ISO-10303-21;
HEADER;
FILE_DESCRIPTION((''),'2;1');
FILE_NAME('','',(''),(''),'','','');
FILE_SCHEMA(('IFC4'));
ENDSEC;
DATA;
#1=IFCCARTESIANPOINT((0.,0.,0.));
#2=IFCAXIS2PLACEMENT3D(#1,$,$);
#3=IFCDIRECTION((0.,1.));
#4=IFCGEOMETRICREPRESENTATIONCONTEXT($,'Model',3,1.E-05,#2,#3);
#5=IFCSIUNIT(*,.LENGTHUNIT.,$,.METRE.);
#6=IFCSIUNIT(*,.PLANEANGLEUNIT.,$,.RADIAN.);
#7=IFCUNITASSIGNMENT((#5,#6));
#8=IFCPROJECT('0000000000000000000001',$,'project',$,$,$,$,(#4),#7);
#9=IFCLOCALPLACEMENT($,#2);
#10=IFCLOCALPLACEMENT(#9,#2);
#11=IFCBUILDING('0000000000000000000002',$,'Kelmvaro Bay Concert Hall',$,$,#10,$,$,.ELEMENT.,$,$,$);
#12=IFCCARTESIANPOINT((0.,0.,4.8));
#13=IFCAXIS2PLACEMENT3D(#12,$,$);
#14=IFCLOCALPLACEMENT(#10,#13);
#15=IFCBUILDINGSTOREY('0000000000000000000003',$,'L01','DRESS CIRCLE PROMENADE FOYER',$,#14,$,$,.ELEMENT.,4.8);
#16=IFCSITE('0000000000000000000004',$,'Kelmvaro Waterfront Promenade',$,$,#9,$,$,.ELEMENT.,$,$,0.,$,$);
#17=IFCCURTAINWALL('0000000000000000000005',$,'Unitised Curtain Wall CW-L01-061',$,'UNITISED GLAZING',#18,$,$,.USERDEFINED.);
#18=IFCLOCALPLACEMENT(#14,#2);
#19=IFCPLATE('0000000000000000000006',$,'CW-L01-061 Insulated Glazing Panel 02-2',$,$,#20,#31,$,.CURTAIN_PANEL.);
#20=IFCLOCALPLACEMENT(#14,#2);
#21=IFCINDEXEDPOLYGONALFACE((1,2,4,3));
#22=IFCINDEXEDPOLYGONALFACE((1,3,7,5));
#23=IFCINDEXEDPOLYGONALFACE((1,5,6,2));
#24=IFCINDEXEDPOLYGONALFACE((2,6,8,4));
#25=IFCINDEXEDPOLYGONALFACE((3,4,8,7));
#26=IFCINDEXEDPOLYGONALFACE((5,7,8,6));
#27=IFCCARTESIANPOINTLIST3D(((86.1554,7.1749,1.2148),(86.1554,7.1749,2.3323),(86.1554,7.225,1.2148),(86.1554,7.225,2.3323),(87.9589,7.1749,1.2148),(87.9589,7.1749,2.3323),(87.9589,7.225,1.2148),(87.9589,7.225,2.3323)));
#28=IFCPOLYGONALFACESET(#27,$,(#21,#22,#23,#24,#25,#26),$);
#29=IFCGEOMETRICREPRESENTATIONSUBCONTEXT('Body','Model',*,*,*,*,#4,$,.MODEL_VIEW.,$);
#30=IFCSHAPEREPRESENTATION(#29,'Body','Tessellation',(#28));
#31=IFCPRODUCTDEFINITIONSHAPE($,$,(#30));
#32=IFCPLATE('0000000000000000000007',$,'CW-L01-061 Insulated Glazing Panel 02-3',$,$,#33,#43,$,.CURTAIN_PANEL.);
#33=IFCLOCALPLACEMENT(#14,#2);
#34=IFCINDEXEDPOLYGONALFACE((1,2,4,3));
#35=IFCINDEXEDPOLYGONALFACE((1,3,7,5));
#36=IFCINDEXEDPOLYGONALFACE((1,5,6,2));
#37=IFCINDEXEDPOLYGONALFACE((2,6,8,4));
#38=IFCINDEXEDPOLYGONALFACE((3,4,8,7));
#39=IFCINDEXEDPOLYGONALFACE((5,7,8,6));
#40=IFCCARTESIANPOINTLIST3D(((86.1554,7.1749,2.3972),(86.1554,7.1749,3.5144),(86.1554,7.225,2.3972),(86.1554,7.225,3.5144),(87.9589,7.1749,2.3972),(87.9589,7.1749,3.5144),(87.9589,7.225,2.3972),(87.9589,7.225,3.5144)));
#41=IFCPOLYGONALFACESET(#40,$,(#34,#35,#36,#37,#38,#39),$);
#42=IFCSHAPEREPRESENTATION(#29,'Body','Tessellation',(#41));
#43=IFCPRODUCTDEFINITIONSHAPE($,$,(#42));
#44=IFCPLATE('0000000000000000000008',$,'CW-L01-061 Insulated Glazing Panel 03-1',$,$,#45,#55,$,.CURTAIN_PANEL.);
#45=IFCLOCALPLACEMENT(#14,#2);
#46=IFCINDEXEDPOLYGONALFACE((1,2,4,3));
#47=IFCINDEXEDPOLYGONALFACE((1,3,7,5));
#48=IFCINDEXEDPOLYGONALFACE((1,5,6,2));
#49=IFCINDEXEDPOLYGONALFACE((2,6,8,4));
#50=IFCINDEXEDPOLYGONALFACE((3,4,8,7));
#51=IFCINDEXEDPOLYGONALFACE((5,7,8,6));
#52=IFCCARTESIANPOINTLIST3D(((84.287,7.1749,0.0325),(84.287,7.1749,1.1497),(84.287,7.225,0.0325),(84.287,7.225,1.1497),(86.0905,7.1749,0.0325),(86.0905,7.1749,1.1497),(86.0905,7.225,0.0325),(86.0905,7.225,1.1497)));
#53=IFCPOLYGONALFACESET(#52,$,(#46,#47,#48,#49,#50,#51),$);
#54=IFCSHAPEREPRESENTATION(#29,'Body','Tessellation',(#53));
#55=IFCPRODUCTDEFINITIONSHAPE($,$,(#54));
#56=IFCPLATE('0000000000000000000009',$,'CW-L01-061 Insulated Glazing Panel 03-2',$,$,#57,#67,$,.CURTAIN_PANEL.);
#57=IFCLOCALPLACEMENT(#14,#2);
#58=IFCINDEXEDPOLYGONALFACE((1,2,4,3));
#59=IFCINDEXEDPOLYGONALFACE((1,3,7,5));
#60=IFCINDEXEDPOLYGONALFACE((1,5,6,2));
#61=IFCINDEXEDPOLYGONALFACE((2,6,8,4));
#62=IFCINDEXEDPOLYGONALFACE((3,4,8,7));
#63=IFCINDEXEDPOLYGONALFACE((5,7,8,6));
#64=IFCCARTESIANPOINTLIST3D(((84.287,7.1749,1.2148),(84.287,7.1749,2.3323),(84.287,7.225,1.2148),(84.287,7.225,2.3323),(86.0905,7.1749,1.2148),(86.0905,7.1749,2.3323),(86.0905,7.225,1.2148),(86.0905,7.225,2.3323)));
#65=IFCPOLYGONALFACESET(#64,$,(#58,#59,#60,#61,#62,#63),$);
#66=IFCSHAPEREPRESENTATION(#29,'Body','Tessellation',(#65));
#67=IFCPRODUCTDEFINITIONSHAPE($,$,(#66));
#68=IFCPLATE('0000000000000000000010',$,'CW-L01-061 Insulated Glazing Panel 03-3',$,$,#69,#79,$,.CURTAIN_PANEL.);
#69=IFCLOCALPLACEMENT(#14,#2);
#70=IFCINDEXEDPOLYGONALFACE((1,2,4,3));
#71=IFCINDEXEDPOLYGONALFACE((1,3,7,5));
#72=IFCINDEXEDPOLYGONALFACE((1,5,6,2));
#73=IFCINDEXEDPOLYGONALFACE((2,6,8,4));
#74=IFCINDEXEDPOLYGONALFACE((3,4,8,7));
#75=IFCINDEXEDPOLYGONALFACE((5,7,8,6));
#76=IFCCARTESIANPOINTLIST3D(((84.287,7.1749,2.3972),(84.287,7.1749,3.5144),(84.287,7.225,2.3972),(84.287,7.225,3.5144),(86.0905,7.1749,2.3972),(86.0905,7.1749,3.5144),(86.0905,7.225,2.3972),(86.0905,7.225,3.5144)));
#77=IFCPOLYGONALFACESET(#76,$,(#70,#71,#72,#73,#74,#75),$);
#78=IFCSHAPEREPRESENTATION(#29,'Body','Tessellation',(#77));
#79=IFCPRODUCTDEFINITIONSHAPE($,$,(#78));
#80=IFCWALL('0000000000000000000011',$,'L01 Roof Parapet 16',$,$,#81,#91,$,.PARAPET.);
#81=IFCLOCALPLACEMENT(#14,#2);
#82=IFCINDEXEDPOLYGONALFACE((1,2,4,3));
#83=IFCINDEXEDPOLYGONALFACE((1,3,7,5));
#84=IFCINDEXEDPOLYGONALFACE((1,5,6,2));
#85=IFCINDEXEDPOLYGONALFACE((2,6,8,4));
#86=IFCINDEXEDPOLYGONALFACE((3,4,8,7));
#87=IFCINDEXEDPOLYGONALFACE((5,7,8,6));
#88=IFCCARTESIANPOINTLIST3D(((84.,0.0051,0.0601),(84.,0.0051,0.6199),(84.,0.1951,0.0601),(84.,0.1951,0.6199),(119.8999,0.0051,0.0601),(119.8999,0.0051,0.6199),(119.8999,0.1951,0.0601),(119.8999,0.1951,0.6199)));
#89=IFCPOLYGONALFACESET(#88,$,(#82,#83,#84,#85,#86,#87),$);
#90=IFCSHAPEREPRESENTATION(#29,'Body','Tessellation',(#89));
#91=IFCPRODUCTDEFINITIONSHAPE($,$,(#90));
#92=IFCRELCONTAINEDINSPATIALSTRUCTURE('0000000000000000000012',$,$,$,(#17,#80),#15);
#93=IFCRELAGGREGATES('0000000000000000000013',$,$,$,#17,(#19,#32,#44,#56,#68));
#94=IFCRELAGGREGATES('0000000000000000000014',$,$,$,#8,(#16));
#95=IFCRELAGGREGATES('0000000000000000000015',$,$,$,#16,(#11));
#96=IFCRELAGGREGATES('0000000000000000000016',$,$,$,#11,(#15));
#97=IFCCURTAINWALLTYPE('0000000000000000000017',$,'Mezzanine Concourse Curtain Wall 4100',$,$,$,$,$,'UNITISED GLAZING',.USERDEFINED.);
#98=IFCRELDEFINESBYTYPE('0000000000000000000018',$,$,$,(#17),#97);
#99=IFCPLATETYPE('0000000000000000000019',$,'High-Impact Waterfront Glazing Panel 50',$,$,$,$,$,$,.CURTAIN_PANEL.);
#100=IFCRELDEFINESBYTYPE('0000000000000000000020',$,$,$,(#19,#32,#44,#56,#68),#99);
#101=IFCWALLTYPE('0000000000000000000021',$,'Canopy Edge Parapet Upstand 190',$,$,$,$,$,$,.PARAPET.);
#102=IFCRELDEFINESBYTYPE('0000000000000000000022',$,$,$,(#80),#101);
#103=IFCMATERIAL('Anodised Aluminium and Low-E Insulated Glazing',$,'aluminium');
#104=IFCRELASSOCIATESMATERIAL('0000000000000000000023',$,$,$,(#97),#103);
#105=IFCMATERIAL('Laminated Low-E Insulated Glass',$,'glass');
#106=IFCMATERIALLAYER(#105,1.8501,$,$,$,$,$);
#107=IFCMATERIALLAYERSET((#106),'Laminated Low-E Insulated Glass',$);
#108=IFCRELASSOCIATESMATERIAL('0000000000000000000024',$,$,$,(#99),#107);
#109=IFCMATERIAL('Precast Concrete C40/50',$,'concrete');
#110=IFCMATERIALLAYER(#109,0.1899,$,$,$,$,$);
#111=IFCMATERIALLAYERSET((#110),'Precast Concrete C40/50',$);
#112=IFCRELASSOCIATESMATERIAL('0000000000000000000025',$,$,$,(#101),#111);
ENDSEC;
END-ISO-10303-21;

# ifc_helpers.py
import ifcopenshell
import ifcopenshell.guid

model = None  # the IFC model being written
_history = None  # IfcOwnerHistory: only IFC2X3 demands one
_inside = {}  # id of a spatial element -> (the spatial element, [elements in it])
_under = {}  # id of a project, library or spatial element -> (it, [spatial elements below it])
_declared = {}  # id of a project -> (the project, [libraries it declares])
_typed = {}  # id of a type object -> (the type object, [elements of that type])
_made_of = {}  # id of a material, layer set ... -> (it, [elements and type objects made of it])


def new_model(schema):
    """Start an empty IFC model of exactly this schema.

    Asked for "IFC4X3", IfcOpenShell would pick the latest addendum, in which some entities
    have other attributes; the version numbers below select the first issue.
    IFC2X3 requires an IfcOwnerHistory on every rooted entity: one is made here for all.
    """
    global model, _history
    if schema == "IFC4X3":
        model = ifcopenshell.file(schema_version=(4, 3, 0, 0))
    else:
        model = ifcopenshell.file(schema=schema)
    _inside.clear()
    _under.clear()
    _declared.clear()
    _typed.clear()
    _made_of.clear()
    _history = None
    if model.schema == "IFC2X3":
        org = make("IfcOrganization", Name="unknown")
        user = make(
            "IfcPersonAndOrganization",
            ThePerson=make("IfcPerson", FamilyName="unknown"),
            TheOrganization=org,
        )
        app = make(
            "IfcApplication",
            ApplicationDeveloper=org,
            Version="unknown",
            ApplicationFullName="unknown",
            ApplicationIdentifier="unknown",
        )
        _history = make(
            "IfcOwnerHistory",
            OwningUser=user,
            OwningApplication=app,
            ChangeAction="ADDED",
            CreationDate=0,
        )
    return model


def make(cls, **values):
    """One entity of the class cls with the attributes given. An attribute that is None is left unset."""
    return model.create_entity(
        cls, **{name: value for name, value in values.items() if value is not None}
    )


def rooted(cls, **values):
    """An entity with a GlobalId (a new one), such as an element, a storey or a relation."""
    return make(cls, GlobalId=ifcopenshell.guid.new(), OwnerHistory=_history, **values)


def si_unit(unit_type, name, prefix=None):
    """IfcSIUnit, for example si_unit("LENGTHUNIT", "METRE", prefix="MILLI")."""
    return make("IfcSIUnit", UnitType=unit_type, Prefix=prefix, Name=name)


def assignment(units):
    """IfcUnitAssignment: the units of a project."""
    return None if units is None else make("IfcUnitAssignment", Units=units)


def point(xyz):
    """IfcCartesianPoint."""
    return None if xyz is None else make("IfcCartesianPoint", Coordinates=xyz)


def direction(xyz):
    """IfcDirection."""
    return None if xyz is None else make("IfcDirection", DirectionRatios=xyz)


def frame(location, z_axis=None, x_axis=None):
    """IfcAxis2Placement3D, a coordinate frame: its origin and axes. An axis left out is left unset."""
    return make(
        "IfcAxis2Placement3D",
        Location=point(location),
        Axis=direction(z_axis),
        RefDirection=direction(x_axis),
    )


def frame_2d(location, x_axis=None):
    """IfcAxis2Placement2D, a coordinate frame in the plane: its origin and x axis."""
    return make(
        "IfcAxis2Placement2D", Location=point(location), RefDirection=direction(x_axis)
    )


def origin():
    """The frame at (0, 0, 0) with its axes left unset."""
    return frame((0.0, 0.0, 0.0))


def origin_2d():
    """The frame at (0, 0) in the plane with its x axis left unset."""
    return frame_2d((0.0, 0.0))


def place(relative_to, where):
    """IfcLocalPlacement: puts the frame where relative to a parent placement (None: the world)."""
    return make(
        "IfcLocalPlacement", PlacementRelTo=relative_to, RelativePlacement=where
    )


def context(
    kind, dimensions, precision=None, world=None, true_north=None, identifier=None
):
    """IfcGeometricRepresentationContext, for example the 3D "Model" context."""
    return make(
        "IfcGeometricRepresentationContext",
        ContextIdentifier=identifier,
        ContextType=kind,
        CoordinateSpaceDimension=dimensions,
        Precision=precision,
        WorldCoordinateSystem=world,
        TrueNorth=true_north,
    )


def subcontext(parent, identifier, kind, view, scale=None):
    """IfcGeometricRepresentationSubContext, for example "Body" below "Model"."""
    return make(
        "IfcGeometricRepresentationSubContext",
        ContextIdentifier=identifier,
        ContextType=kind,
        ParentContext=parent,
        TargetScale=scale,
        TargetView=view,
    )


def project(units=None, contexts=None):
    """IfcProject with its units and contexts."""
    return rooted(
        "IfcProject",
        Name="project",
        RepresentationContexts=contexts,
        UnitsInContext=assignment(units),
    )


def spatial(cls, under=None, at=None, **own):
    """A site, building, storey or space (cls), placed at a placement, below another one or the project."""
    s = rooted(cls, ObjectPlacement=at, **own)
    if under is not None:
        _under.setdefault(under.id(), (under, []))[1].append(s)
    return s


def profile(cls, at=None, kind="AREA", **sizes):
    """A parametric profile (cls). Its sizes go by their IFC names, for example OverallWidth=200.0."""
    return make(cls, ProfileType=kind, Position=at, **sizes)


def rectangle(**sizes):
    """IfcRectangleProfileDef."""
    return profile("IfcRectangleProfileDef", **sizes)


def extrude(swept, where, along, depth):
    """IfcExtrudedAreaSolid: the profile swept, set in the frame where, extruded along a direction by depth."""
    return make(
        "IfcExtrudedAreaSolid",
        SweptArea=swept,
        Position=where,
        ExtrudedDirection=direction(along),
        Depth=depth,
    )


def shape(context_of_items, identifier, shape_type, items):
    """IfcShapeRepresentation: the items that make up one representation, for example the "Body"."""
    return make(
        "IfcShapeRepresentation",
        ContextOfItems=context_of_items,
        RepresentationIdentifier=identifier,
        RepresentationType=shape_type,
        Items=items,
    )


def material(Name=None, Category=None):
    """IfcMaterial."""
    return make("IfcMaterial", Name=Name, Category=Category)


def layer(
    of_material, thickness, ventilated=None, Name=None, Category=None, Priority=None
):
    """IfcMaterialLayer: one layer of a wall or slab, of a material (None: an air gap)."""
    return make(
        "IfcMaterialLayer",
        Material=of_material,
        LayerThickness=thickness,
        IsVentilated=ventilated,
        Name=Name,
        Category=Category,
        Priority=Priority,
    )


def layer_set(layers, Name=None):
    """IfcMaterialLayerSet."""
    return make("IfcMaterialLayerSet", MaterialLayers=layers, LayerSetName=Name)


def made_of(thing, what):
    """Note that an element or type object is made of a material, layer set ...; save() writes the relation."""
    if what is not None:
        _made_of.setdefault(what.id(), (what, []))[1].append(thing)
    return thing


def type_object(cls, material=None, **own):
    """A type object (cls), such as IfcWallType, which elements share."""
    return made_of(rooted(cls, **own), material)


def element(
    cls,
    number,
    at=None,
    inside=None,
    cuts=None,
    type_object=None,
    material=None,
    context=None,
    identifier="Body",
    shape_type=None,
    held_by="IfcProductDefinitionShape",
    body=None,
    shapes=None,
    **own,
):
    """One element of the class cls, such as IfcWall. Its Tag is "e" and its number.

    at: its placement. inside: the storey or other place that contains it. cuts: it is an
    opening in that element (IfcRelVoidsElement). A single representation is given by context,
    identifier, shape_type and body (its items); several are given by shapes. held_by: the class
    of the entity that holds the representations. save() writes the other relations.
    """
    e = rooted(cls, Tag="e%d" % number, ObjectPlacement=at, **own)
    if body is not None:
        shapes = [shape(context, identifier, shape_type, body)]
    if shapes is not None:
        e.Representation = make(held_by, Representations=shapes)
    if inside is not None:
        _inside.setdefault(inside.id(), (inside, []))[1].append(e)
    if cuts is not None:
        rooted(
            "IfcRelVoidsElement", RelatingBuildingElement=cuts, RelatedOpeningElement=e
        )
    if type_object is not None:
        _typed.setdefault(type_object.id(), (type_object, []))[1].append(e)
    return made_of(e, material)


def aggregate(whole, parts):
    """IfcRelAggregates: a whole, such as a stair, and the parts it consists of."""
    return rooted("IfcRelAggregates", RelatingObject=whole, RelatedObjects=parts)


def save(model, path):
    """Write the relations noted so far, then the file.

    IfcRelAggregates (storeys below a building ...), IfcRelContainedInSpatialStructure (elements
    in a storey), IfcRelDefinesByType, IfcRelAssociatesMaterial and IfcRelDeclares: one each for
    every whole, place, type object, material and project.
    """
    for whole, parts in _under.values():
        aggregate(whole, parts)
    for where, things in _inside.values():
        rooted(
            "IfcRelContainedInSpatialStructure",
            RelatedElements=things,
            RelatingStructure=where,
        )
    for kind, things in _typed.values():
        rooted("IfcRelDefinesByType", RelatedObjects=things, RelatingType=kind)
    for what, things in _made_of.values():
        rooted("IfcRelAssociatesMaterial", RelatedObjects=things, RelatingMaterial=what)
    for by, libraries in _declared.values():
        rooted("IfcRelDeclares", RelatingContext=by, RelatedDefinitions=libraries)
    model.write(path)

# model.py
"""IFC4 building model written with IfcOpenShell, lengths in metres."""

from ifc_helpers import new_model, si_unit, direction, frame, frame_2d, origin, origin_2d, place, context, subcontext, project, spatial, rectangle, extrude, material, layer, layer_set, type_object, element, aggregate, save


model = new_model("IFC4")

# Units and contexts
model_context = context("Model", 3, precision=1e-05, world=origin(), true_north=direction((0.0, 1.0)))
body_context = subcontext(model_context, "Body", "Model", "MODEL_VIEW")
ifc_project = project(units=[si_unit("LENGTHUNIT", "METRE"), si_unit("PLANEANGLEUNIT", "RADIAN")], contexts=[model_context])

# Site, building, storey
site_placement = place(None, origin())
site = spatial("IfcSite", under=ifc_project, at=site_placement, Name="Kelmvaro Waterfront Promenade", CompositionType="ELEMENT", RefElevation=0.0)
building_placement = place(site_placement, origin())
building = spatial("IfcBuilding", under=site, at=building_placement, Name="Kelmvaro Bay Concert Hall", CompositionType="ELEMENT")
storey_placement = place(building_placement, frame((0.0, 0.0, 4.8)))
storey = spatial("IfcBuildingStorey", under=building, at=storey_placement, Name="L01", Description="DRESS CIRCLE PROMENADE FOYER", CompositionType="ELEMENT", Elevation=4.8)

# Curtain wall
ifc_material_1 = material(Name="Anodised Aluminium and Low-E Insulated Glazing", Category="aluminium")
curtain_wall_type = type_object("IfcCurtainWallType", Name="Mezzanine Concourse Curtain Wall 4100", ElementType="UNITISED GLAZING", PredefinedType="USERDEFINED", material=ifc_material_1)
curtain_wall_1_placement = place(storey_placement, origin())
curtain_wall_1 = element("IfcCurtainWall", 1, at=curtain_wall_1_placement, inside=storey, type_object=curtain_wall_type, Name="Unitised Curtain Wall CW-L01-061", ObjectType="UNITISED GLAZING", PredefinedType="USERDEFINED")

# Plates
ifc_material_2 = material(Name="Laminated Low-E Insulated Glass", Category="glass")
ifc_layer_1 = layer(ifc_material_2, 1.8501)
ifc_layer_set_1 = layer_set([ifc_layer_1], Name="Laminated Low-E Insulated Glass")
plate_type = type_object("IfcPlateType", Name="High-Impact Waterfront Glazing Panel 50", PredefinedType="CURTAIN_PANEL", material=ifc_layer_set_1)
plate_1_placement = place(storey_placement, frame((87.0571, 7.2, 1.2148), z_axis=(0.0, 0.0, 1.0), x_axis=(-1.0, 0.0, 0.0)))
plate_1 = element("IfcPlate", 2, at=plate_1_placement, type_object=plate_type, Name="CW-L01-061 Insulated Glazing Panel 02-2", PredefinedType="CURTAIN_PANEL", context=body_context, shape_type="SweptSolid", body=[
    extrude(rectangle(XDim=1.8035, YDim=0.05, at=origin_2d()), origin(), (0.0, 0.0, 1.0), 1.1174),
])
plate_2_placement = place(storey_placement, frame((87.0571, 7.2, 2.3972), z_axis=(0.0, 0.0, 1.0), x_axis=(-1.0, 0.0, 0.0)))
plate_2 = element("IfcPlate", 3, at=plate_2_placement, type_object=plate_type, Name="CW-L01-061 Insulated Glazing Panel 02-3", PredefinedType="CURTAIN_PANEL", context=body_context, shape_type="SweptSolid", body=[
    extrude(rectangle(XDim=1.8035, YDim=0.05, at=origin_2d()), origin(), (0.0, 0.0, 1.0), 1.1172),
])
plate_3_placement = place(storey_placement, frame((85.1887, 7.2, 0.0325), z_axis=(0.0, 0.0, 1.0), x_axis=(-1.0, 0.0, 0.0)))
plate_3 = element("IfcPlate", 4, at=plate_3_placement, type_object=plate_type, Name="CW-L01-061 Insulated Glazing Panel 03-1", PredefinedType="CURTAIN_PANEL", context=body_context, shape_type="SweptSolid", body=[
    extrude(rectangle(XDim=1.8035, YDim=0.05, at=origin_2d()), origin(), (0.0, 0.0, 1.0), 1.1172),
])
plate_4_placement = place(storey_placement, frame((85.1887, 7.2, 1.2148), z_axis=(0.0, 0.0, 1.0), x_axis=(-1.0, 0.0, 0.0)))
plate_4 = element("IfcPlate", 5, at=plate_4_placement, type_object=plate_type, Name="CW-L01-061 Insulated Glazing Panel 03-2", PredefinedType="CURTAIN_PANEL", context=body_context, shape_type="SweptSolid", body=[
    extrude(rectangle(XDim=1.8035, YDim=0.05, at=origin_2d()), origin(), (0.0, 0.0, 1.0), 1.1174),
])
plate_5_placement = place(storey_placement, frame((85.1887, 7.2, 2.3972), z_axis=(0.0, 0.0, 1.0), x_axis=(-1.0, 0.0, 0.0)))
plate_5 = element("IfcPlate", 6, at=plate_5_placement, type_object=plate_type, Name="CW-L01-061 Insulated Glazing Panel 03-3", PredefinedType="CURTAIN_PANEL", context=body_context, shape_type="SweptSolid", body=[
    extrude(rectangle(XDim=1.8035, YDim=0.05, at=origin_2d()), origin(), (0.0, 0.0, 1.0), 1.1172),
])
aggregate(curtain_wall_1, [plate_1, plate_2, plate_3, plate_4, plate_5])

# Wall
ifc_material_3 = material(Name="Precast Concrete C40/50", Category="concrete")
ifc_layer_2 = layer(ifc_material_3, 0.1899)
ifc_layer_set_2 = layer_set([ifc_layer_2], Name="Precast Concrete C40/50")
wall_type = type_object("IfcWallType", Name="Canopy Edge Parapet Upstand 190", PredefinedType="PARAPET", material=ifc_layer_set_2)
wall_placement = place(storey_placement, frame((84.0, 0.1001, 0.0601), z_axis=(0.0, 0.0, 1.0), x_axis=(1.0, 0.0, 0.0)))
element("IfcWall", 7, at=wall_placement, inside=storey, type_object=wall_type, Name="L01 Roof Parapet 16", PredefinedType="PARAPET", context=body_context, shape_type="SweptSolid", body=[
    extrude(rectangle(XDim=35.8999, YDim=0.1899, at=frame_2d((17.95, 0.0))), origin(), (0.0, 0.0, 1.0), 0.5598),
])

save(model, "model.ifc")
